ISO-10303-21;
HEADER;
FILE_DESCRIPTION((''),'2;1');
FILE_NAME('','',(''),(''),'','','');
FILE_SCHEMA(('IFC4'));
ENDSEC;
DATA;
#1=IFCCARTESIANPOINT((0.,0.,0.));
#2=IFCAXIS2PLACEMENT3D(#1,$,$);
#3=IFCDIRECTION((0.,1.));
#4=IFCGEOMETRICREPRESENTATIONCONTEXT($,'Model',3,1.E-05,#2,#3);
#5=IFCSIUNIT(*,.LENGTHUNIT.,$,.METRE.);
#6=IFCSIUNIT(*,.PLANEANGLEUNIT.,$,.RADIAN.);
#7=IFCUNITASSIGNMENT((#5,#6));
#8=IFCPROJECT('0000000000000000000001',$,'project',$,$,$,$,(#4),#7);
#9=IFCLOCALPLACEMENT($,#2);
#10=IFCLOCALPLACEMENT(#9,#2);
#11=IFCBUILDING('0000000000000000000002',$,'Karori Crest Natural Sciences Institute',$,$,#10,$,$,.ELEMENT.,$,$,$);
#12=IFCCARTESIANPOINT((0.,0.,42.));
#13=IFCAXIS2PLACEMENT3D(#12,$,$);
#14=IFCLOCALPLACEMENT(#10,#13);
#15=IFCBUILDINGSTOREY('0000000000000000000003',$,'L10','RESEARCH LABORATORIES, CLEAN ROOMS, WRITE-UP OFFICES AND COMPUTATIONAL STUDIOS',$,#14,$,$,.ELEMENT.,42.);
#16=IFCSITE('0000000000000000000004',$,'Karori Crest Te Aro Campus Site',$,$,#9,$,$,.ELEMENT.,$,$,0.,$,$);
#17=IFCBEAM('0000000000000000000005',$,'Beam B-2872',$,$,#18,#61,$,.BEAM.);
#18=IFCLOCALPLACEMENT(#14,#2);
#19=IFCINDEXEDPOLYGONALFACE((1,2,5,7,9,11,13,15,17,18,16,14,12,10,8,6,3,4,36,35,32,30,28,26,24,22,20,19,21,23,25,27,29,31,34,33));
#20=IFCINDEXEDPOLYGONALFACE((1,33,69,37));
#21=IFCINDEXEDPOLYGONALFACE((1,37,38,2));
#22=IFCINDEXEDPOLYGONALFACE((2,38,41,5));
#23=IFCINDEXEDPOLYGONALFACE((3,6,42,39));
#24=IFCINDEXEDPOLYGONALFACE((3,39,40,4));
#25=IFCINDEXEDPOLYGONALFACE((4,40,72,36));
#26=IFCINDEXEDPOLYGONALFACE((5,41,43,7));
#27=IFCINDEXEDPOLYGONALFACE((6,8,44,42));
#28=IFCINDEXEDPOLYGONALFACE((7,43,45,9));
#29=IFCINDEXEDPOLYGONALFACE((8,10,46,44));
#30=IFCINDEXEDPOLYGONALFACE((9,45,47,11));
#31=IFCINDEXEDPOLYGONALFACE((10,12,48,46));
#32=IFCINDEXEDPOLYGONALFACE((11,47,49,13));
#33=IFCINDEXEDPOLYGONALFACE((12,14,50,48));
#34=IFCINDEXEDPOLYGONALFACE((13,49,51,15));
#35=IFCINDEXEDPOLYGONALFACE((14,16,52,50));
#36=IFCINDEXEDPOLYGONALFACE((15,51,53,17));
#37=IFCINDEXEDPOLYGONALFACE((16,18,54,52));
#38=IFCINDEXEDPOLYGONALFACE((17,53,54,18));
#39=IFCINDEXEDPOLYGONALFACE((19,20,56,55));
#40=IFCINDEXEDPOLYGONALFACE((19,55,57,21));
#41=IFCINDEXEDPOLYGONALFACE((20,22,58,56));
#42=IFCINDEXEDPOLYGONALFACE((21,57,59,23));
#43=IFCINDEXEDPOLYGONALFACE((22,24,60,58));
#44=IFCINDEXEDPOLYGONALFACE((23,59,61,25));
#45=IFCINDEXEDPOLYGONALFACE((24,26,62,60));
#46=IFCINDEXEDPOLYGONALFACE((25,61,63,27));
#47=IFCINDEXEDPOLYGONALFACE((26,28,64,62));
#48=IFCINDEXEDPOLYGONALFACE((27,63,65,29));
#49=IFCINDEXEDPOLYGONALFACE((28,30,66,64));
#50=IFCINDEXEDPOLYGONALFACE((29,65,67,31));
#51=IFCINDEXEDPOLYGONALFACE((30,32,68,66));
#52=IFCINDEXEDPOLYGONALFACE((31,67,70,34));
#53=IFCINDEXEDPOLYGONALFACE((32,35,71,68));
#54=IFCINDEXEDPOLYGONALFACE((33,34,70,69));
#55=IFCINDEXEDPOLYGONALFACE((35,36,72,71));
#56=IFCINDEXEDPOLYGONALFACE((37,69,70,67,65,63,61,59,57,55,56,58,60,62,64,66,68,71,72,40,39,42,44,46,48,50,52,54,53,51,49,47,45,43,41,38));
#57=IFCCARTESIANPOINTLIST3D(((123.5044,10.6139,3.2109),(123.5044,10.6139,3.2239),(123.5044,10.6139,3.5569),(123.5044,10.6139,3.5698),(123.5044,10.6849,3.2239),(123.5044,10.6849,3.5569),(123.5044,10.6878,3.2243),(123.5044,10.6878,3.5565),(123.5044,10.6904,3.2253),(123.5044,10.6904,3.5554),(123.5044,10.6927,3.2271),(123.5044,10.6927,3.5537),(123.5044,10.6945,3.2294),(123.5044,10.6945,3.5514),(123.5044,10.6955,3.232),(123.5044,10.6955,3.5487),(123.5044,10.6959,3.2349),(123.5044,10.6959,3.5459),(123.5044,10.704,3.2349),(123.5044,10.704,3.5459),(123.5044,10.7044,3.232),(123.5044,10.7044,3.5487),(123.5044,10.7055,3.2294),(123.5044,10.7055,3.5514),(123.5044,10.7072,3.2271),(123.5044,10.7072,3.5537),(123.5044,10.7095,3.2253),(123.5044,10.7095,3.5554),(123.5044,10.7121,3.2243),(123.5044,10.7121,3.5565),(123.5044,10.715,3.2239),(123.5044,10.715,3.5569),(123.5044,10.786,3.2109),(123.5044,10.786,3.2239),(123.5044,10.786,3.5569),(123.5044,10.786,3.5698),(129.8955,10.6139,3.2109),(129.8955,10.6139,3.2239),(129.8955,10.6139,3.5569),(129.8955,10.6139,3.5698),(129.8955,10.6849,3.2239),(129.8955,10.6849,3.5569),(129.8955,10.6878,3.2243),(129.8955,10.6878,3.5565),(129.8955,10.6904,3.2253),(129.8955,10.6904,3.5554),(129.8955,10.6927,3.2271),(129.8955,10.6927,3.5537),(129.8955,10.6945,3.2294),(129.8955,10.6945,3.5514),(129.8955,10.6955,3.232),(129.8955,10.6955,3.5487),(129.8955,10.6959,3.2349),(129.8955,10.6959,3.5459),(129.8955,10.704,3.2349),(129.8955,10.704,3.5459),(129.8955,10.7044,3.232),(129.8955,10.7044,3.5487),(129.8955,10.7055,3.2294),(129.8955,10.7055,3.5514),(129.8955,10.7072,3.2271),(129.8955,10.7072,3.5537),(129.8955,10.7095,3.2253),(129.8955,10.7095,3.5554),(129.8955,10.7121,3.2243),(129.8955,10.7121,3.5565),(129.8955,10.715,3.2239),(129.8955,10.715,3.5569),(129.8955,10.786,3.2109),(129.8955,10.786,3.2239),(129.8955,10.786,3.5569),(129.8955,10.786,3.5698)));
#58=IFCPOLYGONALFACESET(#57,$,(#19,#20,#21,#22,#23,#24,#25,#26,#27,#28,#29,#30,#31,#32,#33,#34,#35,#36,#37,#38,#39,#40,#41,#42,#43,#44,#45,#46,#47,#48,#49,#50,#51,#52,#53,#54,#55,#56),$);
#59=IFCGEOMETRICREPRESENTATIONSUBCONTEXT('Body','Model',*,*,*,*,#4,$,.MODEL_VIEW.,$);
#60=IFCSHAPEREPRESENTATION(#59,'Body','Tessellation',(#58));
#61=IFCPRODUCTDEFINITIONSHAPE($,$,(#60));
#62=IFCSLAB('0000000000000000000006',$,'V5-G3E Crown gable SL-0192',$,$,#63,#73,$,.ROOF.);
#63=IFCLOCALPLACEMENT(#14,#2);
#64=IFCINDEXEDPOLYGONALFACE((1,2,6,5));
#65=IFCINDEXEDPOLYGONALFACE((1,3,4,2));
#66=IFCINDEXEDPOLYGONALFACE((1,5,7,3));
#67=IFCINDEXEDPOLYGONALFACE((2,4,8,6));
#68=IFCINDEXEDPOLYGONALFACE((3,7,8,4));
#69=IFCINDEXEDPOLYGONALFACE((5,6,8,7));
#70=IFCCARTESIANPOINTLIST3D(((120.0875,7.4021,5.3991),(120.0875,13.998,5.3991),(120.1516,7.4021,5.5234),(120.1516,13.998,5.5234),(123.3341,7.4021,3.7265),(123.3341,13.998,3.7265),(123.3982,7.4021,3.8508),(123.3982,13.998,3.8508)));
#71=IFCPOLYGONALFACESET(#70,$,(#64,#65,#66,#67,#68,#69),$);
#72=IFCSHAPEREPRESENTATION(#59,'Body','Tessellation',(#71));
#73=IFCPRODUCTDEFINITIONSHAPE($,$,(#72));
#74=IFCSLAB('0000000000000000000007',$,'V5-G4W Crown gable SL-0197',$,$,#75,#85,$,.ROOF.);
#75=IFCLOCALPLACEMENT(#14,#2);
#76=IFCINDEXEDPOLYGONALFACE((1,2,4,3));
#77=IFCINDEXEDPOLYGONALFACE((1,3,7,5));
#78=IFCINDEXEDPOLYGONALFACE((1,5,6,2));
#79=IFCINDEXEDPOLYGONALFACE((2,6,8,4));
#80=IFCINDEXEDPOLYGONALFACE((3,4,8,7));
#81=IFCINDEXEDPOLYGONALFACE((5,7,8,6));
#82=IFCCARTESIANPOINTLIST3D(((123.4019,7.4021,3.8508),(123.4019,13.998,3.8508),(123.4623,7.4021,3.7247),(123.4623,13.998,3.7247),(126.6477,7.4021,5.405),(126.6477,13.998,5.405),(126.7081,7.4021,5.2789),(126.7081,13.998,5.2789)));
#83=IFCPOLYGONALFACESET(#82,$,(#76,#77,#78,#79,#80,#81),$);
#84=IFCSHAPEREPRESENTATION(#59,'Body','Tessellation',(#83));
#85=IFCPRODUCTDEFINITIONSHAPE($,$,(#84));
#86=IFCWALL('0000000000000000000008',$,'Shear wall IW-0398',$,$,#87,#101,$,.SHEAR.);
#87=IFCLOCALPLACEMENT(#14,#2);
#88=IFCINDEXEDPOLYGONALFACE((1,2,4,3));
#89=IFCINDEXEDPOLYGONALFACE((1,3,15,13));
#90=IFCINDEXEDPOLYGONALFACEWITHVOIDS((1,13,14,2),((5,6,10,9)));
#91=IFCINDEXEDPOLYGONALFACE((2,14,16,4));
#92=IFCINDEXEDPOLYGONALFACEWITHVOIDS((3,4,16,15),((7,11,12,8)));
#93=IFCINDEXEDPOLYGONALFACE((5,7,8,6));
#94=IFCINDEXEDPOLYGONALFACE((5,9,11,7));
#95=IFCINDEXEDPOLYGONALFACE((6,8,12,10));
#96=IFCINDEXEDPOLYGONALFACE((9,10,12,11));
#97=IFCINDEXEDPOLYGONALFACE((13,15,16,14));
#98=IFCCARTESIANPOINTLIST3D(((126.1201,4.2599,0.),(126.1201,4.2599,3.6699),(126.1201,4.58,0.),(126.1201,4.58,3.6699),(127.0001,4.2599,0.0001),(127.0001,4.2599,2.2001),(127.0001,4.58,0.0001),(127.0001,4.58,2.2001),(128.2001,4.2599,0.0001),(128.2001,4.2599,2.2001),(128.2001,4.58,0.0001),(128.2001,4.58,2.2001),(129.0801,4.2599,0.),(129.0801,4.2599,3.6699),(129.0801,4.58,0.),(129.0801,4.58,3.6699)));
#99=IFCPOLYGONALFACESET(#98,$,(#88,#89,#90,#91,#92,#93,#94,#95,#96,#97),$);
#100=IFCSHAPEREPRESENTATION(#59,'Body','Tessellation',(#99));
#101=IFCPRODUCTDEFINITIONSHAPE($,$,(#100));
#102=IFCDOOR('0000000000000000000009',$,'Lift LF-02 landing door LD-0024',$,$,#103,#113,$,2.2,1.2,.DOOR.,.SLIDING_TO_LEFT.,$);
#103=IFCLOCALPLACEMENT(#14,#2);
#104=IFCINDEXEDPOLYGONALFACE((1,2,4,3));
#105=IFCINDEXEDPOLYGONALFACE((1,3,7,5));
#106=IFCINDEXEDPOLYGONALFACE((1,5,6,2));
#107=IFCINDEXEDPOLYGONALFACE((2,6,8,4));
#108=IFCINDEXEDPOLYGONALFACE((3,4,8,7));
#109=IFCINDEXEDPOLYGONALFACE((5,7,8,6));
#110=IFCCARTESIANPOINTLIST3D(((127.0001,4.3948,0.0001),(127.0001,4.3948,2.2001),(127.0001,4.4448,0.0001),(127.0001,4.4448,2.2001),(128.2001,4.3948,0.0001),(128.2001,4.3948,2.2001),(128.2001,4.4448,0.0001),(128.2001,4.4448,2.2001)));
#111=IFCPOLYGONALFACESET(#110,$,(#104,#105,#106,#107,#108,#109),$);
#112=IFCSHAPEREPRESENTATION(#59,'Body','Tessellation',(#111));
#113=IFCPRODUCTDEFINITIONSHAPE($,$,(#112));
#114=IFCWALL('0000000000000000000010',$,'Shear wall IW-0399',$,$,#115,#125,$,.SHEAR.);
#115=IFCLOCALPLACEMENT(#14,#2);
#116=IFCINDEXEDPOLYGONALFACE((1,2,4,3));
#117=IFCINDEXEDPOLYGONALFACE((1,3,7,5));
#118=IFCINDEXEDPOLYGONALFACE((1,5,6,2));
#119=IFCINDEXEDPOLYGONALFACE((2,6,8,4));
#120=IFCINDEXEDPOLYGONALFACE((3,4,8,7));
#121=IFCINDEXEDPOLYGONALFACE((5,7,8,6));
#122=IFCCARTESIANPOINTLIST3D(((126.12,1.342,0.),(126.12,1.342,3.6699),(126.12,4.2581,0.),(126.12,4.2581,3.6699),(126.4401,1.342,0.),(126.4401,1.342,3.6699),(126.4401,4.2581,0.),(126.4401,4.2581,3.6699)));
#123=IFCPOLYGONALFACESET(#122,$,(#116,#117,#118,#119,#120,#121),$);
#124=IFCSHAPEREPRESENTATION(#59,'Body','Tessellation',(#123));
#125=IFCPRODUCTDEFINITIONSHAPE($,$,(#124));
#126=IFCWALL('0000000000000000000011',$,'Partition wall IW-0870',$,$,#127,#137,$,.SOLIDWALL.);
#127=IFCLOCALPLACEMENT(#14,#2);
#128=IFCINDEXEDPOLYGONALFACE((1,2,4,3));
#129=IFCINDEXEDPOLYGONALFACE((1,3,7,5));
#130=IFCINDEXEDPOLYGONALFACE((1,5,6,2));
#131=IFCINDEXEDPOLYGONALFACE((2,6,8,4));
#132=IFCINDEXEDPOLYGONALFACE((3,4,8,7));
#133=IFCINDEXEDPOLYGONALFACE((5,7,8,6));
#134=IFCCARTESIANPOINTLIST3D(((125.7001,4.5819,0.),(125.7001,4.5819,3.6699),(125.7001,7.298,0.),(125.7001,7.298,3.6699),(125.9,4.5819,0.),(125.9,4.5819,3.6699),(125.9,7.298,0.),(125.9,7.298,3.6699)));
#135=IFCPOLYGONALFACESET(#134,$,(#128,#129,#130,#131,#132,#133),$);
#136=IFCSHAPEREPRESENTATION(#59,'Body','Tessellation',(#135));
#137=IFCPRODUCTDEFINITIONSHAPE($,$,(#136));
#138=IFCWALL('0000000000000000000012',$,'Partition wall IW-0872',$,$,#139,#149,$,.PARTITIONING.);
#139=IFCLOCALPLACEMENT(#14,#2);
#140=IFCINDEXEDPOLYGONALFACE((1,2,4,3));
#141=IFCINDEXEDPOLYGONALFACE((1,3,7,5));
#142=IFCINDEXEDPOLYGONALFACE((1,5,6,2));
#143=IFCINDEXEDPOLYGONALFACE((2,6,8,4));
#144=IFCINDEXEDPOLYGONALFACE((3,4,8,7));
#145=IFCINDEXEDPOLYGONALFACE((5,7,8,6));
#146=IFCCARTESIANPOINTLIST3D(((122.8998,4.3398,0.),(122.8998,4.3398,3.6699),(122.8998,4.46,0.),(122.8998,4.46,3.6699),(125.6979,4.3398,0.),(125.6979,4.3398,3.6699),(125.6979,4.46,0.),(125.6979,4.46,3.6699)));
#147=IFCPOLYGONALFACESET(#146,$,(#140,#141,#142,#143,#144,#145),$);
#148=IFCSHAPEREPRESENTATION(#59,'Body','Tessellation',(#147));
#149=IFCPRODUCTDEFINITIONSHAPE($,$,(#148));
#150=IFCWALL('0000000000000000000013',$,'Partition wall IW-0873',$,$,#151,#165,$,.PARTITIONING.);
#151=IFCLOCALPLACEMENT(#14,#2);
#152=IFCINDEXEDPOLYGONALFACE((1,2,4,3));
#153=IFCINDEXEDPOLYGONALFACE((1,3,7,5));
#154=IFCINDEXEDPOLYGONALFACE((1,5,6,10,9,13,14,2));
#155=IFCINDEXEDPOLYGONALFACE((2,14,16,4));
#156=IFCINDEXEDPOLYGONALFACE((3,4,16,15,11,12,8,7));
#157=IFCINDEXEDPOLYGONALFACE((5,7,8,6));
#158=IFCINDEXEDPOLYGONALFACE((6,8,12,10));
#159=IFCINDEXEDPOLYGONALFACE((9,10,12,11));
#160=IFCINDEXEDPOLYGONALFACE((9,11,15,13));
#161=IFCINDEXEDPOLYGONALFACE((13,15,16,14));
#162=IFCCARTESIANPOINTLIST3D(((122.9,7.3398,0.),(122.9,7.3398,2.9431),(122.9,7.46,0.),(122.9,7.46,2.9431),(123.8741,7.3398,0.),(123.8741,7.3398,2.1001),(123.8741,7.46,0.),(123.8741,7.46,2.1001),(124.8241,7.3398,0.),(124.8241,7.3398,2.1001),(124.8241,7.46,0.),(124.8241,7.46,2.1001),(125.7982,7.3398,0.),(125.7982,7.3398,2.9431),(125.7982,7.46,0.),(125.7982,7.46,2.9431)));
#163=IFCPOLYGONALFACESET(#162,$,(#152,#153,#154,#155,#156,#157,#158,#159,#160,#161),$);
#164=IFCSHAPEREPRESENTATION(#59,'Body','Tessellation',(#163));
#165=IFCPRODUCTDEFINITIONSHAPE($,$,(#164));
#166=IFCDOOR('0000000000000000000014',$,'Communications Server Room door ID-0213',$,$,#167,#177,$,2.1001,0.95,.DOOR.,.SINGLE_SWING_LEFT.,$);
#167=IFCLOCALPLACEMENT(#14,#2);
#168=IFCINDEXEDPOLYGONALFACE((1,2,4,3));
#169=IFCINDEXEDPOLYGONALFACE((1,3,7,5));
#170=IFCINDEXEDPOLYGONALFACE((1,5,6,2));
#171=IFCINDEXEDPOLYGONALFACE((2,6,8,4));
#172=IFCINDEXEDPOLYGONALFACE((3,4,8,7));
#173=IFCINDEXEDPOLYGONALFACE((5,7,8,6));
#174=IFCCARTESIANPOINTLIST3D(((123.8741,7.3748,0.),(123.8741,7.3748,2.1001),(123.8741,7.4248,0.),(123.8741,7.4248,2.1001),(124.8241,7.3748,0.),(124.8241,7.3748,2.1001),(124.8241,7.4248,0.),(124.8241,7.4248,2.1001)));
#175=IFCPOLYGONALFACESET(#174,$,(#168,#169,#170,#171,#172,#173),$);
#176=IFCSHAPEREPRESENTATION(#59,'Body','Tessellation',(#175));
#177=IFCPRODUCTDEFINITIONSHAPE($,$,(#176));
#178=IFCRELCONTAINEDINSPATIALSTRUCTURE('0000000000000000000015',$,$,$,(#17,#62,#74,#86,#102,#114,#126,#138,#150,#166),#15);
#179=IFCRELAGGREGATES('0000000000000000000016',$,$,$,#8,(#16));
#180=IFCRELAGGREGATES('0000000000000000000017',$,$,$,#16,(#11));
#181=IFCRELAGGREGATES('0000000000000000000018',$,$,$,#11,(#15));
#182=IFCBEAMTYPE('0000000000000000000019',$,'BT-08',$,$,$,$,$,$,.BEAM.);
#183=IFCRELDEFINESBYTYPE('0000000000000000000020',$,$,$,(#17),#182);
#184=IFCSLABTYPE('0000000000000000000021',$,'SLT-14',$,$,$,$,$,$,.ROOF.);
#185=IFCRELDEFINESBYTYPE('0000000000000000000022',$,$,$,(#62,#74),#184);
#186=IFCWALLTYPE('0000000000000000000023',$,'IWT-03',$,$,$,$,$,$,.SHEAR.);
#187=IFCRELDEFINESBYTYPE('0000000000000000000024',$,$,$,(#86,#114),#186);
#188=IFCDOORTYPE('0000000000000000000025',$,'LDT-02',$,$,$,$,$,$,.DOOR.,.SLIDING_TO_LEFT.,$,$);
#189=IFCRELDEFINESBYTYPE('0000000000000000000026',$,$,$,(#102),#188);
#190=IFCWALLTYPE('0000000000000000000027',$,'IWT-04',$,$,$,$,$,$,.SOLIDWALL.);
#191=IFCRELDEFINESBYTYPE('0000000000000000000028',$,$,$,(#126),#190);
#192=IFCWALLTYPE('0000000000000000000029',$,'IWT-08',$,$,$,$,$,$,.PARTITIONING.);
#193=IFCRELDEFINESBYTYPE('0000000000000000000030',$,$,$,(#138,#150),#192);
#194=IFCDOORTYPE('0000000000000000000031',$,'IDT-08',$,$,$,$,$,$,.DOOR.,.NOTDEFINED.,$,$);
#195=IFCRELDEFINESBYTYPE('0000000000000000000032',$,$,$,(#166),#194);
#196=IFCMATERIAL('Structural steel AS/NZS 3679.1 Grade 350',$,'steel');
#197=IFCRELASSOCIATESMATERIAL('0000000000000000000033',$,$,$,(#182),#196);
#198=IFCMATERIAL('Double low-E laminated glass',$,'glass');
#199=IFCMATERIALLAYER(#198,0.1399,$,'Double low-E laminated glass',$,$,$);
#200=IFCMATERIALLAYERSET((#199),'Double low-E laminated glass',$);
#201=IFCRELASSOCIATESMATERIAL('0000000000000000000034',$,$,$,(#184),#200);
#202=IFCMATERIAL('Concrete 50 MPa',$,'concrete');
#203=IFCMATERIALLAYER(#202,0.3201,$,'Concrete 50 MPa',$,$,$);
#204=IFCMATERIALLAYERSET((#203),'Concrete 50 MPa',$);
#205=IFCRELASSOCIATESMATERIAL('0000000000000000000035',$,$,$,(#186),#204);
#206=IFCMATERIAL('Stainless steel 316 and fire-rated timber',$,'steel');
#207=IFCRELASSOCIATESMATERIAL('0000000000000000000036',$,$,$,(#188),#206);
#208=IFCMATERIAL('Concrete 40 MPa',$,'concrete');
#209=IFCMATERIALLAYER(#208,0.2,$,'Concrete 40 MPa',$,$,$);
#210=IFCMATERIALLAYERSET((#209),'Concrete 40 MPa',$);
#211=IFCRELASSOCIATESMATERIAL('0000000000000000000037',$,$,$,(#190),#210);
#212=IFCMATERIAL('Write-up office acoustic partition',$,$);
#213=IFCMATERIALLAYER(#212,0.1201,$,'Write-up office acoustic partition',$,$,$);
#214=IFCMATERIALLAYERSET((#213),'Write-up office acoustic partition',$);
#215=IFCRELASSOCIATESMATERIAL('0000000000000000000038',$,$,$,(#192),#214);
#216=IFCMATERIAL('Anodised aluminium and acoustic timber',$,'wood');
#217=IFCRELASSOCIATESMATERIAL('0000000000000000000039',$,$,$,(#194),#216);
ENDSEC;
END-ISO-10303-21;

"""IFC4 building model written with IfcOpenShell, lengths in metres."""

from ifc_helpers import new_model, si_unit, direction, frame, frame_2d, origin, origin_2d, place, context, subcontext, project, spatial, polyline, rectangle, i_section, outline, extrude, material, layer, layer_set, material_profile, profile_set, type_object, element, fill, save


model = new_model("IFC4")

# Units and contexts
model_context = context("Model", 3, precision=1e-05, world=origin(), true_north=direction((0.0, 1.0)))
body_context = subcontext(model_context, "Body", "Model", "MODEL_VIEW")
ifc_project = project(units=[si_unit("LENGTHUNIT", "METRE"), si_unit("PLANEANGLEUNIT", "RADIAN")], contexts=[model_context])

# Site, building, storey
site_placement = place(None, origin())
site = spatial("IfcSite", under=ifc_project, at=site_placement, Name="Karori Crest Te Aro Campus Site", CompositionType="ELEMENT", RefElevation=0.0)
building_placement = place(site_placement, origin())
building = spatial("IfcBuilding", under=site, at=building_placement, Name="Karori Crest Natural Sciences Institute", CompositionType="ELEMENT")
storey_placement = place(building_placement, frame((0.0, 0.0, 42.0)))
storey = spatial("IfcBuildingStorey", under=building, at=storey_placement, Name="L10", Description="RESEARCH LABORATORIES, CLEAN ROOMS, WRITE-UP OFFICES AND COMPUTATIONAL STUDIOS", CompositionType="ELEMENT", Elevation=42.0)

# Shared definitions
ifc_material_1 = material(Name="Structural steel AS/NZS 3679.1 Grade 350", Category="steel")

# Beam
ifc_material_profile_1 = material_profile(ifc_material_1, i_section(OverallWidth=0.1721, OverallDepth=0.3589, WebThickness=0.0081, FlangeThickness=0.0129, FilletRadius=0.011, at=origin_2d()), Name="360UB56.7")
ifc_profile_set_1 = profile_set([ifc_material_profile_1], Name="Structural steel AS/NZS 3679.1 Grade 350")
beam_type_1 = type_object("IfcBeamType", Name="BT-08", PredefinedType="BEAM", material=ifc_profile_set_1)
beam_1_placement = place(storey_placement, frame((123.5044, 10.7, 3.3904), z_axis=(1.0, 0.0, 0.0), x_axis=(0.0, 1.0, 0.0)))
element("IfcBeam", 1, at=beam_1_placement, inside=storey, type_object=beam_type_1, Name="Beam B-2872", PredefinedType="BEAM", context=body_context, shape_type="SweptSolid", body=[
    extrude(i_section(OverallWidth=0.1721, OverallDepth=0.3589, WebThickness=0.0081, FlangeThickness=0.0129, FilletRadius=0.011, at=origin_2d()), origin(), (0.0, 0.0, 1.0), 6.3911),
])

# Slabs
ifc_material_2 = material(Name="Double low-E laminated glass", Category="glass")
ifc_layer_1 = layer(ifc_material_2, 0.1399, Name="Double low-E laminated glass")
ifc_layer_set_1 = layer_set([ifc_layer_1], Name="Double low-E laminated glass")
slab_type = type_object("IfcSlabType", Name="SLT-14", PredefinedType="ROOF", material=ifc_layer_set_1)
slab_1_placement = place(storey_placement, frame((120.1516, 7.4021, 5.5234), z_axis=(0.457984, 0.0, 0.888961), x_axis=(0.888961, 0.0, -0.457984)))
element("IfcSlab", 2, at=slab_1_placement, inside=storey, type_object=slab_type, Name="V5-G3E Crown gable SL-0192", PredefinedType="ROOF", context=body_context, shape_type="SweptSolid", body=[
    extrude(outline(polyline([(0.0, 0.0), (3.6521, 0.0), (3.6521, 6.5959), (0.0, 6.5959), (0.0, 0.0)])), origin(), (0.0, 0.0, -1.0), 0.1399),
])
slab_2_placement = place(storey_placement, frame((123.4019, 7.4021, 3.8508), z_axis=(-0.431871, 0.0, 0.901936), x_axis=(0.901936, 0.0, 0.431871)))
element("IfcSlab", 3, at=slab_2_placement, inside=storey, type_object=slab_type, Name="V5-G4W Crown gable SL-0197", PredefinedType="ROOF", context=body_context, shape_type="SweptSolid", body=[
    extrude(outline(polyline([(0.0, 0.0), (3.5988, 0.0), (3.5988, 6.5959), (0.0, 6.5959), (0.0, 0.0)])), origin(), (0.0, 0.0, -1.0), 0.1399),
])

# Wall, opening, door
ifc_material_3 = material(Name="Concrete 50 MPa", Category="concrete")
ifc_layer_2 = layer(ifc_material_3, 0.3201, Name="Concrete 50 MPa")
ifc_layer_set_2 = layer_set([ifc_layer_2], Name="Concrete 50 MPa")
wall_type_1 = type_object("IfcWallType", Name="IWT-03", PredefinedType="SHEAR", material=ifc_layer_set_2)
wall_1_placement = place(storey_placement, frame((126.1201, 4.4199, 0.0), z_axis=(0.0, 0.0, 1.0), x_axis=(1.0, 0.0, 0.0)))
wall_1 = element("IfcWall", 4, at=wall_1_placement, inside=storey, type_object=wall_type_1, Name="Shear wall IW-0398", PredefinedType="SHEAR", context=body_context, shape_type="SweptSolid", body=[
    extrude(rectangle(XDim=2.96, YDim=0.3201, at=frame_2d((1.48, 0.0))), origin(), (0.0, 0.0, 1.0), 3.6699),
])
opening_1_placement = place(wall_1_placement, frame((0.8799, 0.0, 0.0)))
opening_1 = element("IfcOpeningElement", 5, at=opening_1_placement, cuts=wall_1, PredefinedType="OPENING", context=body_context, shape_type="SweptSolid", body=[
    extrude(rectangle(XDim=1.2, YDim=2.2, at=frame_2d((0.6001, 1.1001))), frame((0.0, 0.1699, 0.0), z_axis=(0.0, -1.0, 0.0), x_axis=(1.0, 0.0, 0.0)), (0.0, 0.0, 1.0), 0.3401),
])
ifc_material_4 = material(Name="Stainless steel 316 and fire-rated timber", Category="steel")
door_type_1 = type_object("IfcDoorType", Name="LDT-02", OperationType="SLIDING_TO_LEFT", PredefinedType="DOOR", material=ifc_material_4)
door_1_placement = place(opening_1_placement, origin())
door_1 = element("IfcDoor", 6, at=door_1_placement, inside=storey, type_object=door_type_1, Name="Lift LF-02 landing door LD-0024", OperationType="SLIDING_TO_LEFT", OverallHeight=2.2, OverallWidth=1.2, PredefinedType="DOOR", context=body_context, shape_type="SweptSolid", body=[
    extrude(rectangle(XDim=1.2, YDim=2.2, at=frame_2d((0.6001, 1.1001))), frame((0.0, 0.0249, 0.0), z_axis=(0.0, -1.0, 0.0), x_axis=(1.0, 0.0, 0.0)), (0.0, 0.0, 1.0), 0.05),
])
fill(opening_1, door_1)

# Wall
wall_2_placement = place(storey_placement, frame((126.28, 1.342, 0.0), z_axis=(0.0, 0.0, 1.0), x_axis=(0.0, 1.0, 0.0)))
element("IfcWall", 7, at=wall_2_placement, inside=storey, type_object=wall_type_1, Name="Shear wall IW-0399", PredefinedType="SHEAR", context=body_context, shape_type="SweptSolid", body=[
    extrude(rectangle(XDim=2.916, YDim=0.3201, at=frame_2d((1.458, 0.0))), origin(), (0.0, 0.0, 1.0), 3.6699),
])

# Shared definitions
ifc_material_5 = material(Name="Concrete 40 MPa", Category="concrete")
ifc_layer_3 = layer(ifc_material_5, 0.2, Name="Concrete 40 MPa")
ifc_layer_set_3 = layer_set([ifc_layer_3], Name="Concrete 40 MPa")
wall_type_2 = type_object("IfcWallType", Name="IWT-04", PredefinedType="SOLIDWALL", material=ifc_layer_set_3)

# Walls
wall_3_placement = place(storey_placement, frame((125.8, 4.582, 0.0), z_axis=(0.0, 0.0, 1.0), x_axis=(0.0, 1.0, 0.0)))
element("IfcWall", 8, at=wall_3_placement, inside=storey, type_object=wall_type_2, Name="Partition wall IW-0870", PredefinedType="SOLIDWALL", context=body_context, shape_type="SweptSolid", body=[
    extrude(rectangle(XDim=2.7161, YDim=0.2, at=frame_2d((1.3579, 0.0))), origin(), (0.0, 0.0, 1.0), 3.6699),
])
ifc_material_6 = material(Name="Write-up office acoustic partition")
ifc_layer_4 = layer(ifc_material_6, 0.1201, Name="Write-up office acoustic partition")
ifc_layer_set_4 = layer_set([ifc_layer_4], Name="Write-up office acoustic partition")
wall_type_3 = type_object("IfcWallType", Name="IWT-08", PredefinedType="PARTITIONING", material=ifc_layer_set_4)
wall_4_placement = place(storey_placement, frame((122.8999, 4.3999, 0.0), z_axis=(0.0, 0.0, 1.0), x_axis=(1.0, 0.0, 0.0)))
element("IfcWall", 9, at=wall_4_placement, inside=storey, type_object=wall_type_3, Name="Partition wall IW-0872", PredefinedType="PARTITIONING", context=body_context, shape_type="SweptSolid", body=[
    extrude(rectangle(XDim=2.7981, YDim=0.1201, at=frame_2d((1.3989, 0.0))), origin(), (0.0, 0.0, 1.0), 3.6699),
])

# Wall, opening, door
wall_5_placement = place(storey_placement, frame((122.8999, 7.3999, 0.0), z_axis=(0.0, 0.0, 1.0), x_axis=(1.0, 0.0, 0.0)))
wall_5 = element("IfcWall", 10, at=wall_5_placement, inside=storey, type_object=wall_type_3, Name="Partition wall IW-0873", PredefinedType="PARTITIONING", context=body_context, shape_type="SweptSolid", body=[
    extrude(rectangle(XDim=2.8982, YDim=0.1201, at=frame_2d((1.4492, 0.0))), origin(), (0.0, 0.0, 1.0), 2.9431),
])
opening_2_placement = place(wall_5_placement, frame((0.9741, 0.0, 0.0)))
opening_2 = element("IfcOpeningElement", 11, at=opening_2_placement, cuts=wall_5, PredefinedType="OPENING", context=body_context, shape_type="SweptSolid", body=[
    extrude(rectangle(XDim=0.95, YDim=2.1001, at=frame_2d((0.4751, 1.05))), frame((0.0, 0.0701, 0.0), z_axis=(0.0, -1.0, 0.0), x_axis=(1.0, 0.0, 0.0)), (0.0, 0.0, 1.0), 0.1401),
])
ifc_material_7 = material(Name="Anodised aluminium and acoustic timber", Category="wood")
door_type_2 = type_object("IfcDoorType", Name="IDT-08", OperationType="NOTDEFINED", PredefinedType="DOOR", material=ifc_material_7)
door_2_placement = place(opening_2_placement, origin())
door_2 = element("IfcDoor", 12, at=door_2_placement, inside=storey, type_object=door_type_2, Name="Communications Server Room door ID-0213", OperationType="SINGLE_SWING_LEFT", OverallHeight=2.1001, OverallWidth=0.95, PredefinedType="DOOR", context=body_context, shape_type="SweptSolid", body=[
    extrude(rectangle(XDim=0.95, YDim=2.1001, at=frame_2d((0.4751, 1.05))), frame((0.0, 0.0249, 0.0), z_axis=(0.0, -1.0, 0.0), x_axis=(1.0, 0.0, 0.0)), (0.0, 0.0, 1.0), 0.05),
])
fill(opening_2, door_2)

save(model, "model.ifc")
